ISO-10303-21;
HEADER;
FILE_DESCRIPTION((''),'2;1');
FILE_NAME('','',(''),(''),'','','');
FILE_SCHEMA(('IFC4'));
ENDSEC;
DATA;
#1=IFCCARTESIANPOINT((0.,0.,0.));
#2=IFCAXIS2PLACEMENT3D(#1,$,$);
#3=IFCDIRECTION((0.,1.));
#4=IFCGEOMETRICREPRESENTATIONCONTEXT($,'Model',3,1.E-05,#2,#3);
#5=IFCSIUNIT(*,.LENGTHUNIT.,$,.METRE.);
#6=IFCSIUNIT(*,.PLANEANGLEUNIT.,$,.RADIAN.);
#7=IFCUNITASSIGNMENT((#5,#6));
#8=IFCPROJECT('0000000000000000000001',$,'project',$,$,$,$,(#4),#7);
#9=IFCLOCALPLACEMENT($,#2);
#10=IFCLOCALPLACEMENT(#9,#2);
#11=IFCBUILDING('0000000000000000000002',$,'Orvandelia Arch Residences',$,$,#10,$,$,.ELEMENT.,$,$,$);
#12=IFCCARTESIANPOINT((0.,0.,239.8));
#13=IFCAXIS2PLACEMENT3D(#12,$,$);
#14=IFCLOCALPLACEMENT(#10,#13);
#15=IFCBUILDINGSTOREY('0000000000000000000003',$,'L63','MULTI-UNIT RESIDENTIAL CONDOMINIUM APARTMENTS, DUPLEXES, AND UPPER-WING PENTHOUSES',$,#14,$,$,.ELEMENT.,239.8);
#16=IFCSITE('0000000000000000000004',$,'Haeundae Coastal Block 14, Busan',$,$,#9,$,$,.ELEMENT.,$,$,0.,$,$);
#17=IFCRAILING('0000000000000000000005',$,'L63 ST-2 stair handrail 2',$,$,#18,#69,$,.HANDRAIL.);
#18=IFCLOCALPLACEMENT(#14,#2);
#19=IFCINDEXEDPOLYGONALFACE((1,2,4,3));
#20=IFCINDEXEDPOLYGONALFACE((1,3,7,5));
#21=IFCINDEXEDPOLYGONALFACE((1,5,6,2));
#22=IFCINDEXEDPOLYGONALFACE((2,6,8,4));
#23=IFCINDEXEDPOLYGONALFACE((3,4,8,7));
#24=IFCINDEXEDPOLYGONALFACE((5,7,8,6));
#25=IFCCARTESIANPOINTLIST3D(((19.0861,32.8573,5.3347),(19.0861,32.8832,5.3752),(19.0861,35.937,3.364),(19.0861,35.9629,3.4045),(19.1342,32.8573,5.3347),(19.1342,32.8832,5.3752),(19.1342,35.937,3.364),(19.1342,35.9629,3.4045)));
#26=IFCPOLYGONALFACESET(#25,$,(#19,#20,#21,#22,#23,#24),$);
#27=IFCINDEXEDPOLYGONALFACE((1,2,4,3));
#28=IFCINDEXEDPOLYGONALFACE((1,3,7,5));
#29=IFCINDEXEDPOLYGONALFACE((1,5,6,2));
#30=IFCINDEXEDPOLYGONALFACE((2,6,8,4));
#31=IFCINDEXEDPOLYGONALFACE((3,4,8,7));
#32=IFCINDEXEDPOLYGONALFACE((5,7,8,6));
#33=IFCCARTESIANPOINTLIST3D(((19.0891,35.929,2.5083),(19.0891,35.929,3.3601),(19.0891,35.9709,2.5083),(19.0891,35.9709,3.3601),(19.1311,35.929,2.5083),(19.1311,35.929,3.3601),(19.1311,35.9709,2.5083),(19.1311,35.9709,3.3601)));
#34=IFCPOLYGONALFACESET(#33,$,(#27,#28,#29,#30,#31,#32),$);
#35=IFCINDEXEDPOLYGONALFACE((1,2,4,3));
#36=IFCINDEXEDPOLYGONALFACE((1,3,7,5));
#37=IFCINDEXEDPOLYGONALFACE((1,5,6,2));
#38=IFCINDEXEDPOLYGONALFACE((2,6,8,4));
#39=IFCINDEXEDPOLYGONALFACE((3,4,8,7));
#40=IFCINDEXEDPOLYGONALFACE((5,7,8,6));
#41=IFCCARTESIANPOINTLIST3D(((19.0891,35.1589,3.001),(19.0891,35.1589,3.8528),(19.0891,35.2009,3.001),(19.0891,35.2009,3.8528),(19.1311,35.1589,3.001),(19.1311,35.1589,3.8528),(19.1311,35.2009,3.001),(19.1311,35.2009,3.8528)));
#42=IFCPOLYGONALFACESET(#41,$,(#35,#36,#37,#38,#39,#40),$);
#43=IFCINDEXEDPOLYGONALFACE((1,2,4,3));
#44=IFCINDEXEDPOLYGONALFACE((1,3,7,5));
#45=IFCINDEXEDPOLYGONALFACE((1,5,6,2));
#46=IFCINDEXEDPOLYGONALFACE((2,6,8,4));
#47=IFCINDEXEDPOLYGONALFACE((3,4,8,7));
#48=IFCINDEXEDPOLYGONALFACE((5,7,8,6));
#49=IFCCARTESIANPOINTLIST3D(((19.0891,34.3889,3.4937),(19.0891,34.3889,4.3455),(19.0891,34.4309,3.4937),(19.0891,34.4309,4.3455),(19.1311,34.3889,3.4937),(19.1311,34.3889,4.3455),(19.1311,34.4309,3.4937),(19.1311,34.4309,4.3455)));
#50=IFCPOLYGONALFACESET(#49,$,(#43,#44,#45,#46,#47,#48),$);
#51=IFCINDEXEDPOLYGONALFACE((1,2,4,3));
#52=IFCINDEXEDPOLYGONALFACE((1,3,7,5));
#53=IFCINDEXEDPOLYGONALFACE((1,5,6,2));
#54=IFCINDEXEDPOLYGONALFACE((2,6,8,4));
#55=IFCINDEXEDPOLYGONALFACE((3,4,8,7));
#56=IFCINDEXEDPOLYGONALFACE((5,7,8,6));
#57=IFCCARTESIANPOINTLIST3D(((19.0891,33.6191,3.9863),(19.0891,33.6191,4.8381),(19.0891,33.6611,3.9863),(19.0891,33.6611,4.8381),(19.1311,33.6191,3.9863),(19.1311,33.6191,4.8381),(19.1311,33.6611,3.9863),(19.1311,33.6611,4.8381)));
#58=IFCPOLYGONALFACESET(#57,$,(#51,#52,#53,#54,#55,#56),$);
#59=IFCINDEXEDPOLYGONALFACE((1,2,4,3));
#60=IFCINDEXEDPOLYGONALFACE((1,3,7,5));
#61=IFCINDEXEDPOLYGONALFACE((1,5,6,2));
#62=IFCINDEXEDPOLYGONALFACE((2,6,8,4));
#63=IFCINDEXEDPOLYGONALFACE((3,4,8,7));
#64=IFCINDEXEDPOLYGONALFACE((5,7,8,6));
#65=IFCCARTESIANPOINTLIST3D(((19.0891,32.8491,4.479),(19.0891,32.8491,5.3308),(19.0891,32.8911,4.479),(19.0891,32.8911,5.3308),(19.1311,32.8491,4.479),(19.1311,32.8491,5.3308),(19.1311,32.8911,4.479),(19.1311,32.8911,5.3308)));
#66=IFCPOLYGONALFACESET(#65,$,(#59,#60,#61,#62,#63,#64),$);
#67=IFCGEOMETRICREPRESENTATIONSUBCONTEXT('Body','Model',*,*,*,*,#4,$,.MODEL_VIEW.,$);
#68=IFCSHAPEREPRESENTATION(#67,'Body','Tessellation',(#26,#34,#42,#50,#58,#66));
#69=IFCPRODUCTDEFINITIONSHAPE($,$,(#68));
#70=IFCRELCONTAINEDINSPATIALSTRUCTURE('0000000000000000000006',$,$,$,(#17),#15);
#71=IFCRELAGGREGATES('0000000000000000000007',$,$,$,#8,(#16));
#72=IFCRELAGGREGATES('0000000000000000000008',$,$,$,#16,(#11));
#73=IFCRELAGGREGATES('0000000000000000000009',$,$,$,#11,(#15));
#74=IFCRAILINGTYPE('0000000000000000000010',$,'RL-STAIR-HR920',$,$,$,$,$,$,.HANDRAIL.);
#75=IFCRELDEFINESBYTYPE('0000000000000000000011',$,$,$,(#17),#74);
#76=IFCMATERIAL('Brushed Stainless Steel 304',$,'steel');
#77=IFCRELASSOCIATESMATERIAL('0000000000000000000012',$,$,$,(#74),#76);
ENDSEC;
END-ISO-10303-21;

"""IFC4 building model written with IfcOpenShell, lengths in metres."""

from ifc_helpers import new_model, si_unit, direction, frame, origin, origin_2d, place, context, subcontext, project, spatial, rectangle, extrude, material, type_object, element, save


model = new_model("IFC4")

# Units and contexts
model_context = context("Model", 3, precision=1e-05, world=origin(), true_north=direction((0.0, 1.0)))
body_context = subcontext(model_context, "Body", "Model", "MODEL_VIEW")
ifc_project = project(units=[si_unit("LENGTHUNIT", "METRE"), si_unit("PLANEANGLEUNIT", "RADIAN")], contexts=[model_context])

# Site, building, storey
site_placement = place(None, origin())
site = spatial("IfcSite", under=ifc_project, at=site_placement, Name="Haeundae Coastal Block 14, Busan", CompositionType="ELEMENT", RefElevation=0.0)
building_placement = place(site_placement, origin())
building = spatial("IfcBuilding", under=site, at=building_placement, Name="Orvandelia Arch Residences", CompositionType="ELEMENT")
storey_placement = place(building_placement, frame((0.0, 0.0, 239.8)))
storey = spatial("IfcBuildingStorey", under=building, at=storey_placement, Name="L63", Description="MULTI-UNIT RESIDENTIAL CONDOMINIUM APARTMENTS, DUPLEXES, AND UPPER-WING PENTHOUSES", CompositionType="ELEMENT", Elevation=239.8)

# Railing
ifc_material_1 = material(Name="Brushed Stainless Steel 304", Category="steel")
railing_type_1 = type_object("IfcRailingType", Name="RL-STAIR-HR920", PredefinedType="HANDRAIL", material=ifc_material_1)
railing_1_placement = place(storey_placement, frame((19.1101, 35.95, 2.5083)))
element("IfcRailing", 1, at=railing_1_placement, inside=storey, type_object=railing_type_1, Name="L63 ST-2 stair handrail 2", PredefinedType="HANDRAIL", context=body_context, shape_type="SweptSolid", body=[
    extrude(rectangle(XDim=0.0481, YDim=0.0481, at=origin_2d()), frame((0.0, 0.0, 0.876), z_axis=(0.0, -0.84232, 0.538978), x_axis=(1.0, 0.0, 0.0)), (0.0, 0.0, 1.0), 3.6562),
    extrude(rectangle(XDim=0.042, YDim=0.042, at=origin_2d()), origin(), (0.0, 0.0, 1.0), 0.8518),
    extrude(rectangle(XDim=0.042, YDim=0.042, at=origin_2d()), frame((0.0, -0.77, 0.4927)), (0.0, 0.0, 1.0), 0.8518),
    extrude(rectangle(XDim=0.042, YDim=0.042, at=origin_2d()), frame((0.0, -1.54, 0.9854)), (0.0, 0.0, 1.0), 0.8518),
    extrude(rectangle(XDim=0.042, YDim=0.042, at=origin_2d()), frame((0.0, -2.3098, 1.478)), (0.0, 0.0, 1.0), 0.8518),
    extrude(rectangle(XDim=0.042, YDim=0.042, at=origin_2d()), frame((0.0, -3.0798, 1.9707)), (0.0, 0.0, 1.0), 0.8518),
])

save(model, "model.ifc")
